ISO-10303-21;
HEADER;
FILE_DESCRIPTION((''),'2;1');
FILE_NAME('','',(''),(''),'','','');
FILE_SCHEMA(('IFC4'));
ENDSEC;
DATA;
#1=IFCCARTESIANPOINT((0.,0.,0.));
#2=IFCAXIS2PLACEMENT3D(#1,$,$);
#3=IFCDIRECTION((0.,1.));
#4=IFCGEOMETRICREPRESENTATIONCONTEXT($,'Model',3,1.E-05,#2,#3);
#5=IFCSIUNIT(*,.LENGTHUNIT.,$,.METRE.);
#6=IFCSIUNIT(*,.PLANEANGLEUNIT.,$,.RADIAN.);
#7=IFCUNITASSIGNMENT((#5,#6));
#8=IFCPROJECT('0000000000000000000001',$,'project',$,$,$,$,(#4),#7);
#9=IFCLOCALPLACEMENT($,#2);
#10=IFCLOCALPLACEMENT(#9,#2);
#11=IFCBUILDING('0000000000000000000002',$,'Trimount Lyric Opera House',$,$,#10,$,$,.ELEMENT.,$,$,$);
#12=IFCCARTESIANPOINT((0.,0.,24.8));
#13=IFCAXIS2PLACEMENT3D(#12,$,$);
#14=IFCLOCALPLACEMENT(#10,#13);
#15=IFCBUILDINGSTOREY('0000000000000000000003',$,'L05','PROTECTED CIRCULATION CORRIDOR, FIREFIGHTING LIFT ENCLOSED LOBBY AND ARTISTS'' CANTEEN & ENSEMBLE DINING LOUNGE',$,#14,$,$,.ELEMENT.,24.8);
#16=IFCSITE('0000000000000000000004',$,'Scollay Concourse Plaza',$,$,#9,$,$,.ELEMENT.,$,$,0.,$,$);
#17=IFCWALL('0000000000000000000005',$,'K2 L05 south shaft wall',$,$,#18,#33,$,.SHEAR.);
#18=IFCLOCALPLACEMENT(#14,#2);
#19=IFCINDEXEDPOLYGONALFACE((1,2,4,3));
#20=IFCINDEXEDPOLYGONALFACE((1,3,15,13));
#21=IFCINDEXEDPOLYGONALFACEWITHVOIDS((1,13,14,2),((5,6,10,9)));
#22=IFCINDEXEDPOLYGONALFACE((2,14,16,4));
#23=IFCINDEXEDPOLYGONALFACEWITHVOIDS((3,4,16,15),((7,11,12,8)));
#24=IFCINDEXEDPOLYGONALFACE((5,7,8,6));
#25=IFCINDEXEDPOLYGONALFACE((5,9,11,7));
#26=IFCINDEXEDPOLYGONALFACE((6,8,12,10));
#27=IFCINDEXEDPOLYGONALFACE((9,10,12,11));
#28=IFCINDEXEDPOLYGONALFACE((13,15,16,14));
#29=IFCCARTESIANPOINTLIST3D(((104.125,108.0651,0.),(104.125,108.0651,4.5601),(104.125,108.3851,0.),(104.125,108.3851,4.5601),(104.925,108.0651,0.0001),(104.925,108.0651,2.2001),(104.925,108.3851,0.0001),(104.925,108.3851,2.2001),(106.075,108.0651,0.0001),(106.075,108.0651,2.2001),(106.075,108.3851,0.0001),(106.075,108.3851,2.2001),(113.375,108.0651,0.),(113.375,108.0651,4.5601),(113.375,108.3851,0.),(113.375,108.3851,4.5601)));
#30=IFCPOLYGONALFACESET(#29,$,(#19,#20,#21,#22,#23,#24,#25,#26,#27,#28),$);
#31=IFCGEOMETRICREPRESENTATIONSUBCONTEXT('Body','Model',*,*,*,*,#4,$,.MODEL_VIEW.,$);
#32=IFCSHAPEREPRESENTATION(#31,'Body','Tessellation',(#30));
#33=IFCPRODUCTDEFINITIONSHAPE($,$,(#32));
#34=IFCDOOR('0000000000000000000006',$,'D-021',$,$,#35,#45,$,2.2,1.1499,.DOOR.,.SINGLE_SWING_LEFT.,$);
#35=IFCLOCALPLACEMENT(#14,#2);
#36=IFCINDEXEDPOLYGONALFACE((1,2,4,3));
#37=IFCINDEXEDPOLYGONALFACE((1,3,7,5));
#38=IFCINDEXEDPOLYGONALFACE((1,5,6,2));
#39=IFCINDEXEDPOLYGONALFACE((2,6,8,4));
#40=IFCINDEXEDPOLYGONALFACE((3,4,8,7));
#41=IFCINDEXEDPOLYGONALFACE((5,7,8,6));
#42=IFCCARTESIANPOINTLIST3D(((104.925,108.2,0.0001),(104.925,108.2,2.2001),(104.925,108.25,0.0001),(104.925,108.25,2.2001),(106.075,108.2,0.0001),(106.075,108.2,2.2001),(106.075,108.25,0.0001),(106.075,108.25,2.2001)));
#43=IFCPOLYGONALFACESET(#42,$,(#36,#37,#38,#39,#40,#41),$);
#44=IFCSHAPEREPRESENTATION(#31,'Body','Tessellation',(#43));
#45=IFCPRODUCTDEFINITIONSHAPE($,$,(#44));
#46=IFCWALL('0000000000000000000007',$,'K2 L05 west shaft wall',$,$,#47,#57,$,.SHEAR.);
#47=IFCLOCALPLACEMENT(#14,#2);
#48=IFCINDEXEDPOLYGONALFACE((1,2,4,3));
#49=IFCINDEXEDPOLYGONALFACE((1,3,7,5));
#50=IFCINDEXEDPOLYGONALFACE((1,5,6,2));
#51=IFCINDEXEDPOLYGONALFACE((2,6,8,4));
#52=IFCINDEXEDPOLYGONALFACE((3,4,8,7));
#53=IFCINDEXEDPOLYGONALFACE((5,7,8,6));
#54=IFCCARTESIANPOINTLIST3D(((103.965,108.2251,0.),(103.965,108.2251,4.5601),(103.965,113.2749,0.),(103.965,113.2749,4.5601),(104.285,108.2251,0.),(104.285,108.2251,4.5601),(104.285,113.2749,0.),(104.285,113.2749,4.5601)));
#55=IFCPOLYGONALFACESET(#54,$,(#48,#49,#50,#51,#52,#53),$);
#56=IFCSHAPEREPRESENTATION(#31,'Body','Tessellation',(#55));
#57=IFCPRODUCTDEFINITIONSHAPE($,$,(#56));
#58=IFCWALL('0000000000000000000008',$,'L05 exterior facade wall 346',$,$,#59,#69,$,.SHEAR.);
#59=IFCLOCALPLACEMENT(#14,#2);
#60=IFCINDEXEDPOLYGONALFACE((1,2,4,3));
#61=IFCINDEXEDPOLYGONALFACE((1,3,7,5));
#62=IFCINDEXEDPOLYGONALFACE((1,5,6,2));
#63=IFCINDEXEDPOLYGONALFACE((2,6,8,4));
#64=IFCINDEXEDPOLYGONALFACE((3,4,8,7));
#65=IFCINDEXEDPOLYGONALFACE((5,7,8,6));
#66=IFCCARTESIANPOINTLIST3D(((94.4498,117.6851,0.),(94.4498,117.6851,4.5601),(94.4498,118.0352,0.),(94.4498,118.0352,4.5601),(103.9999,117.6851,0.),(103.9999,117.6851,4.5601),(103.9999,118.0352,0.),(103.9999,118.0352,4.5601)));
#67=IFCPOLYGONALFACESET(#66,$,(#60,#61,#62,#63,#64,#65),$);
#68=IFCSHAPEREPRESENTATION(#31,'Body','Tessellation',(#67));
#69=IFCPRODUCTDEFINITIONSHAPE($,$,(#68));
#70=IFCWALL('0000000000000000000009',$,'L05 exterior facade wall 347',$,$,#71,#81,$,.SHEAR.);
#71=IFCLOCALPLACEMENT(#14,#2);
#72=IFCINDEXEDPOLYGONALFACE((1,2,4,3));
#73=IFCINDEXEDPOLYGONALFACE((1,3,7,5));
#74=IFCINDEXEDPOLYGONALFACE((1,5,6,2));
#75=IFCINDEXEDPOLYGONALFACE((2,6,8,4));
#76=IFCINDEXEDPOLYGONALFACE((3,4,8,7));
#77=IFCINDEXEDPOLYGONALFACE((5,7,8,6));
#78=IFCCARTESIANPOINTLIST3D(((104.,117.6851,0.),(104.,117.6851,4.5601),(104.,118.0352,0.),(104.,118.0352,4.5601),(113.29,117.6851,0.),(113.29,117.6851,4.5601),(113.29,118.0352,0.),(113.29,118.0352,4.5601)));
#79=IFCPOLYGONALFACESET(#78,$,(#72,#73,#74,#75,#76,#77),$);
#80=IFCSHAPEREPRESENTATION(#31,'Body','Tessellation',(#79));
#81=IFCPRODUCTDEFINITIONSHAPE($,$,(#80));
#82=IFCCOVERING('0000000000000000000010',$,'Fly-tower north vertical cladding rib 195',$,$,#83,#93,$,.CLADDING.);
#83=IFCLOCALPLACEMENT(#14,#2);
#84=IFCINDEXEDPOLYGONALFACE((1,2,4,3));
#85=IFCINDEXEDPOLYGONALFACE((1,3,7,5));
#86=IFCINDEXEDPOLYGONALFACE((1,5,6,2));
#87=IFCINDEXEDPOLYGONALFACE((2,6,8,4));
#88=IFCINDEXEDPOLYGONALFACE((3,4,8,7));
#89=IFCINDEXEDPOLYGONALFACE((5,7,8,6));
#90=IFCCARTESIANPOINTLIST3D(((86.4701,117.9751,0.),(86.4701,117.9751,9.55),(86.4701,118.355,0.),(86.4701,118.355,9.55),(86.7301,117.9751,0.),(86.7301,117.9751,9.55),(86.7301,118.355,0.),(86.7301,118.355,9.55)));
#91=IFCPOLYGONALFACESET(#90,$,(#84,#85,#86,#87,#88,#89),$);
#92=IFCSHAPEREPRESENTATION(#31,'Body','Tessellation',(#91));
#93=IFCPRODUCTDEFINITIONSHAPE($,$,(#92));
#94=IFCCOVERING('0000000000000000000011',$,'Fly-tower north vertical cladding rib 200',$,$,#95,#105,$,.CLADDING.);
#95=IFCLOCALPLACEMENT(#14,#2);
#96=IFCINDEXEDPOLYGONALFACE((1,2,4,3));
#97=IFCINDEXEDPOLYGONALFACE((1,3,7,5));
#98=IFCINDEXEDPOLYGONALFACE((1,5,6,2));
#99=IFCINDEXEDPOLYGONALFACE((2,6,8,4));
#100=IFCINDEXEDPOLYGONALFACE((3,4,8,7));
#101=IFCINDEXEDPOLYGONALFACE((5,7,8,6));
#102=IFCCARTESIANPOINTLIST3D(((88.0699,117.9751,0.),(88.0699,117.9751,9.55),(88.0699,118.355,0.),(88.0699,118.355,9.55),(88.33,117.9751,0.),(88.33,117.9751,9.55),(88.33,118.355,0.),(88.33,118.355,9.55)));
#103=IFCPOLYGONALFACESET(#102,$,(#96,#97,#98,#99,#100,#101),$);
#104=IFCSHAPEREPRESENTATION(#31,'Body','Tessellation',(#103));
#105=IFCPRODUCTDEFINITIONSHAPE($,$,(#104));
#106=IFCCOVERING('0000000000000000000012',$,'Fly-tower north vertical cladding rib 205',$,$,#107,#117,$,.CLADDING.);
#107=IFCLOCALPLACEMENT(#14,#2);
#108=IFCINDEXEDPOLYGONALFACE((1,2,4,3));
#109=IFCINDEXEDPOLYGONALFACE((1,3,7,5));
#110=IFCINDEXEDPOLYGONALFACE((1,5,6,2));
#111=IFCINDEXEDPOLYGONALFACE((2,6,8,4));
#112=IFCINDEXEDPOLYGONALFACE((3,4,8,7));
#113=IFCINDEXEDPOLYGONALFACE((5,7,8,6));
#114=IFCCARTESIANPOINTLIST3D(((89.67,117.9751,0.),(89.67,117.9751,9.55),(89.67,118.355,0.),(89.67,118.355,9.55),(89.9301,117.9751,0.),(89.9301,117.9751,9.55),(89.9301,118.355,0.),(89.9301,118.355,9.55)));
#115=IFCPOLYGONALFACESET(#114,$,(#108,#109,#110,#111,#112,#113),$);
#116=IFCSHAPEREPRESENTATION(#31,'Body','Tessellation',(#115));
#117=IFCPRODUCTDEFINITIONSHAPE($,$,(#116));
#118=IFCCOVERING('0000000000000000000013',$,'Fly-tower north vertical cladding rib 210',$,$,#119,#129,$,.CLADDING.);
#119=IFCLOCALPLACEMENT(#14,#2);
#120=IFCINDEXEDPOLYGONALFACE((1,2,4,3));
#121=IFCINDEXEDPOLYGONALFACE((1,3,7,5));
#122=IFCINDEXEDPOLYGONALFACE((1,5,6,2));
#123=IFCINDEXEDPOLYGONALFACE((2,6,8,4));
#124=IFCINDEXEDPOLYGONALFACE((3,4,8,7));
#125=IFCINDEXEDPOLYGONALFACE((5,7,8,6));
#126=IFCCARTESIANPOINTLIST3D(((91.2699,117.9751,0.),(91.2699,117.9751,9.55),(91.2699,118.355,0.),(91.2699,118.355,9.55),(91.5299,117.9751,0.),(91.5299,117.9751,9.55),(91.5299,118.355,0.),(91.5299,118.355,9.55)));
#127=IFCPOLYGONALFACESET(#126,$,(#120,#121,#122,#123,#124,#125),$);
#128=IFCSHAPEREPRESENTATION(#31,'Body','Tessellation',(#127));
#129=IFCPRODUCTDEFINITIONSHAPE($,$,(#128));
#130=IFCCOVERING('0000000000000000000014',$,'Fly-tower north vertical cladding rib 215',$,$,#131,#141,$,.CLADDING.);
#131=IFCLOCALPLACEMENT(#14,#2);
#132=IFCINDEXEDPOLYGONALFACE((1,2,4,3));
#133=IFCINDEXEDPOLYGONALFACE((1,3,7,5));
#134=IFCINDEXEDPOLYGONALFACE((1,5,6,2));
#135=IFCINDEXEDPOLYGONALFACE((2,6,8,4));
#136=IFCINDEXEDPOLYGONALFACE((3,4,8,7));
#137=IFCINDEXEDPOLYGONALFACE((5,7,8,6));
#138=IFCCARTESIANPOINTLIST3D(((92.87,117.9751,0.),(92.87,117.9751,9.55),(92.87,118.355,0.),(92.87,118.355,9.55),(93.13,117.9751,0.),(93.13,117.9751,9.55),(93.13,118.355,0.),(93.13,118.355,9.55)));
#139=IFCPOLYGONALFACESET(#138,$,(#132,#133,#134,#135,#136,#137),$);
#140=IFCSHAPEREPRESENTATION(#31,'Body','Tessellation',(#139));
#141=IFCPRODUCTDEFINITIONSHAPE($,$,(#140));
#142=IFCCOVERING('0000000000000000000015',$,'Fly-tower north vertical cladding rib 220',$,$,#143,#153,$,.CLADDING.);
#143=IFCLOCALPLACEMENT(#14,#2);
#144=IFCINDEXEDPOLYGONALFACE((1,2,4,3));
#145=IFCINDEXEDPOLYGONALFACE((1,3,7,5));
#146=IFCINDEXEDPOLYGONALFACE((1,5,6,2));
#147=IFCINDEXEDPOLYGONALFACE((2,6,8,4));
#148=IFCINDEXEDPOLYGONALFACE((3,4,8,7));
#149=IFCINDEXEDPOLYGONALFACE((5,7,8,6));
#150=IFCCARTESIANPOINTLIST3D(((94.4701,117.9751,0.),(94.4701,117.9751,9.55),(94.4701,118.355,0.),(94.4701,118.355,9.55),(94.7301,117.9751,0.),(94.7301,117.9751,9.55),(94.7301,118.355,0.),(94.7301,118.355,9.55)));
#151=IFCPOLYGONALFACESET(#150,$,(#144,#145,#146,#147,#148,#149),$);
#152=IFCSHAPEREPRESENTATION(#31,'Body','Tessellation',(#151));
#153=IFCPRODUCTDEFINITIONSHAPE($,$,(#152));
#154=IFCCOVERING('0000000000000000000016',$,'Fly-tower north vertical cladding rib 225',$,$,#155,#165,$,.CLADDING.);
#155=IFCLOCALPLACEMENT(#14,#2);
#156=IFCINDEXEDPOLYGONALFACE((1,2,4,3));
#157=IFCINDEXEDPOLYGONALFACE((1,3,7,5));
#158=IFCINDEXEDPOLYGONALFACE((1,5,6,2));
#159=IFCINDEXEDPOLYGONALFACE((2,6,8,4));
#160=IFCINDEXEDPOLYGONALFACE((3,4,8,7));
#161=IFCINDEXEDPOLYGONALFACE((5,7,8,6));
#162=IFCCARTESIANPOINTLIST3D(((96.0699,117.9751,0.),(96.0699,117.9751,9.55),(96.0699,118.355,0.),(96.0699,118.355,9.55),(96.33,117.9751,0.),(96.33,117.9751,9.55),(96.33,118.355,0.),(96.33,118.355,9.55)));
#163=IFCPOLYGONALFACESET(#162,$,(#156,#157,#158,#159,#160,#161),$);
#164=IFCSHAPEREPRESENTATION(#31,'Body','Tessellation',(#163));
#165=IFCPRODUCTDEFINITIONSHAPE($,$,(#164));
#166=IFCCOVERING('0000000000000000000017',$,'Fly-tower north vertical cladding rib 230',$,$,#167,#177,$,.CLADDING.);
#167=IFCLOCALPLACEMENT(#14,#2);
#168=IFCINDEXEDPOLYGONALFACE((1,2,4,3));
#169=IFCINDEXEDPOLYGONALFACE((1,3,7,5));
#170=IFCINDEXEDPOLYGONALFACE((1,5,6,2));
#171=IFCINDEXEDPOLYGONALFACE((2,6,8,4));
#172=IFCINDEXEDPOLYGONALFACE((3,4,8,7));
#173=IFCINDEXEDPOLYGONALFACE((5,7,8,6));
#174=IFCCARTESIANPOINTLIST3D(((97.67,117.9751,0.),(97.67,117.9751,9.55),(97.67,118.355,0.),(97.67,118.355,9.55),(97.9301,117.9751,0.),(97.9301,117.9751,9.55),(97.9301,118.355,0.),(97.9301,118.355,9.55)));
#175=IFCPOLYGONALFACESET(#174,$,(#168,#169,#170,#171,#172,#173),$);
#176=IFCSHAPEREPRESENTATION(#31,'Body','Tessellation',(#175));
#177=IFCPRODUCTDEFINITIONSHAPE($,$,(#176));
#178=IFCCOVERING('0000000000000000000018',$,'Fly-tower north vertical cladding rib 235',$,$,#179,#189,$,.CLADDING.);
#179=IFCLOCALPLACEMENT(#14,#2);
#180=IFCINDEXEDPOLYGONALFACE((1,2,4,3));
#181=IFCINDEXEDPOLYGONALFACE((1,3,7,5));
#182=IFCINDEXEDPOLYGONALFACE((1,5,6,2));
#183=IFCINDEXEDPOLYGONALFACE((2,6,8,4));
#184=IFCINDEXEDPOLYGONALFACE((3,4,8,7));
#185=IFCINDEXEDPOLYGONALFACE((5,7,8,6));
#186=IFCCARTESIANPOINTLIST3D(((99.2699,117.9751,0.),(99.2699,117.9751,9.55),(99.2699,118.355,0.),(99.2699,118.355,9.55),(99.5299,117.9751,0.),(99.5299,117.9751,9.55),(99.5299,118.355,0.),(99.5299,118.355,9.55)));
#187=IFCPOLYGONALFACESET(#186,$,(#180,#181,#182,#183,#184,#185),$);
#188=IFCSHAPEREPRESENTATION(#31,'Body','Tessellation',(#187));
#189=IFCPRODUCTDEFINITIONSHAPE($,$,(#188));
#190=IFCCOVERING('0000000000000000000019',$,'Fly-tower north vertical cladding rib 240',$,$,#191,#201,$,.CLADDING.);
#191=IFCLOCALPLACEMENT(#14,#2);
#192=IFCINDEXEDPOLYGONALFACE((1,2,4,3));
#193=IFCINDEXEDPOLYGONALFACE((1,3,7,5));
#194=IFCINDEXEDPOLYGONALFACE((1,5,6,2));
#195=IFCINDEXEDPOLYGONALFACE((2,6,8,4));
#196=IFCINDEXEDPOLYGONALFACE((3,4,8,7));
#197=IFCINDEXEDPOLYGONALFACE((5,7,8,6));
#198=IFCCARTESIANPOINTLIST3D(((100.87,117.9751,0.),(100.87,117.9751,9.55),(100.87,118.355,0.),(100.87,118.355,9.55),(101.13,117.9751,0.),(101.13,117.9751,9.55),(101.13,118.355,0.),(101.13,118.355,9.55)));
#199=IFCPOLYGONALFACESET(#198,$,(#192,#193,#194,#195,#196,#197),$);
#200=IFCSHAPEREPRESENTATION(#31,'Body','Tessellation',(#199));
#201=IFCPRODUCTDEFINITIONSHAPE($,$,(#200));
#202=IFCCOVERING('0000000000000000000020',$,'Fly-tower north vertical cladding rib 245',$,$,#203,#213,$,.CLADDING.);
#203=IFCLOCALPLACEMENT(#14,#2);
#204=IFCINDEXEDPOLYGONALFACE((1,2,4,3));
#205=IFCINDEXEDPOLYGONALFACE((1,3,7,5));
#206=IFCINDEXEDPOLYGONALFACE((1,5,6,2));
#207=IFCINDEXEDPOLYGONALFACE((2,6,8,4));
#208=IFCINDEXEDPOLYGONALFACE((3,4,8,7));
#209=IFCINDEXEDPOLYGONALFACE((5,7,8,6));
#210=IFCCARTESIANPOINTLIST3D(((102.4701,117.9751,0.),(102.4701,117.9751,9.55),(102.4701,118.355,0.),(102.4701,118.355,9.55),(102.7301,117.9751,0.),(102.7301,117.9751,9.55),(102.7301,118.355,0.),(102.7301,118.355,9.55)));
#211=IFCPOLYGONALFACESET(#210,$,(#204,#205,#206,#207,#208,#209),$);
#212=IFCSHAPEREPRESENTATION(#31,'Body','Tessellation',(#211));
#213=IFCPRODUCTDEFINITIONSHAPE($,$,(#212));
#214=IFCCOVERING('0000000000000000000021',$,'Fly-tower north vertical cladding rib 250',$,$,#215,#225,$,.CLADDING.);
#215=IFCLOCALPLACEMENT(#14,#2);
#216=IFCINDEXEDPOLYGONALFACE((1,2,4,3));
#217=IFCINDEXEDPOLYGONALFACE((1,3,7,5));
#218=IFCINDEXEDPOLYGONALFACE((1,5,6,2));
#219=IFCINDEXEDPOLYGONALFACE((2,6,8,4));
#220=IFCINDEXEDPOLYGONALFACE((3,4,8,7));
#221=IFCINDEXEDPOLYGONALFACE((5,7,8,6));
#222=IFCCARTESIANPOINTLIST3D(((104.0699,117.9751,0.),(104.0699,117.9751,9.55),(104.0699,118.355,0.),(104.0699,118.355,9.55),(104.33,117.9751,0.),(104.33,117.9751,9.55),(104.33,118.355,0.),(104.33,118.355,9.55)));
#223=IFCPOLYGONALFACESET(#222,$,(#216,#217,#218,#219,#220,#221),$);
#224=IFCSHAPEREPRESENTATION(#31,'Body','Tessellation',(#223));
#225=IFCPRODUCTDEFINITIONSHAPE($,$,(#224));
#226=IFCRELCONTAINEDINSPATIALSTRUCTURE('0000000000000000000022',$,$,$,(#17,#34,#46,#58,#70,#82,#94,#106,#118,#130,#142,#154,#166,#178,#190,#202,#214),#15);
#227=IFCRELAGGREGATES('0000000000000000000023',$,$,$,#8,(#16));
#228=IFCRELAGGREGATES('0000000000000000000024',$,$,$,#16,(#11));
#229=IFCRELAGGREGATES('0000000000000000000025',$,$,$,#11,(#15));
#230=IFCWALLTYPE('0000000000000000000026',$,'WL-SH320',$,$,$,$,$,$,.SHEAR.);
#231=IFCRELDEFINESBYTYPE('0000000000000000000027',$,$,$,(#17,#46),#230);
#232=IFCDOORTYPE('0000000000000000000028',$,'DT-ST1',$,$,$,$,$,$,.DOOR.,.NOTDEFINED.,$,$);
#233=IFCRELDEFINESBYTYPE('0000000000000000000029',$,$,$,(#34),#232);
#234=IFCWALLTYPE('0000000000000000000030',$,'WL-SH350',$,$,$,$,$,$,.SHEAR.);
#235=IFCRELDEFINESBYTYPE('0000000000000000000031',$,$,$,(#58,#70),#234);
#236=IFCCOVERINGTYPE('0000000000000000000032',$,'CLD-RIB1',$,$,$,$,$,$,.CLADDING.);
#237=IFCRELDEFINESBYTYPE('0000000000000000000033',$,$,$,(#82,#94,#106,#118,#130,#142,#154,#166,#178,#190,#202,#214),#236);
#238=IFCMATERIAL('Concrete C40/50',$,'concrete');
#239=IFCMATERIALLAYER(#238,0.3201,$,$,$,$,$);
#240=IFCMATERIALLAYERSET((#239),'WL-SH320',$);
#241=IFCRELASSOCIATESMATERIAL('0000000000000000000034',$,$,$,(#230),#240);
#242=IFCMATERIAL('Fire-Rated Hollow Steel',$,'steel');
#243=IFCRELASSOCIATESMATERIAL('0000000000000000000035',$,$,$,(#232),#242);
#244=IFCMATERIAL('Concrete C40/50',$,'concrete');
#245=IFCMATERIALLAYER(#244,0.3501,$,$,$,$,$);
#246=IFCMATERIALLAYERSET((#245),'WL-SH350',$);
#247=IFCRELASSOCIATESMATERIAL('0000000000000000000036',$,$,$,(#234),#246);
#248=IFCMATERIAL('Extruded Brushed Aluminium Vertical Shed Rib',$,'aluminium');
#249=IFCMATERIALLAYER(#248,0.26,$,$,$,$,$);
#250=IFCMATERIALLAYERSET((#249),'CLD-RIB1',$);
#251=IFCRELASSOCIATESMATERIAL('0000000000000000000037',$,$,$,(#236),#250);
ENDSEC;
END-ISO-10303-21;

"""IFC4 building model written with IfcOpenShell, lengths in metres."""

from ifc_helpers import new_model, si_unit, direction, frame, frame_2d, origin, origin_2d, place, context, subcontext, project, spatial, rectangle, extrude, material, layer, layer_set, type_object, element, fill, save


model = new_model("IFC4")

# Units and contexts
model_context = context("Model", 3, precision=1e-05, world=origin(), true_north=direction((0.0, 1.0)))
body_context = subcontext(model_context, "Body", "Model", "MODEL_VIEW")
ifc_project = project(units=[si_unit("LENGTHUNIT", "METRE"), si_unit("PLANEANGLEUNIT", "RADIAN")], contexts=[model_context])

# Site, building, storey
site_placement = place(None, origin())
site = spatial("IfcSite", under=ifc_project, at=site_placement, Name="Scollay Concourse Plaza", CompositionType="ELEMENT", RefElevation=0.0)
building_placement = place(site_placement, origin())
building = spatial("IfcBuilding", under=site, at=building_placement, Name="Trimount Lyric Opera House", CompositionType="ELEMENT")
storey_placement = place(building_placement, frame((0.0, 0.0, 24.8)))
storey = spatial("IfcBuildingStorey", under=building, at=storey_placement, Name="L05", Description="PROTECTED CIRCULATION CORRIDOR, FIREFIGHTING LIFT ENCLOSED LOBBY AND ARTISTS' CANTEEN & ENSEMBLE DINING LOUNGE", CompositionType="ELEMENT", Elevation=24.8)

# Wall, opening, door
ifc_material_1 = material(Name="Concrete C40/50", Category="concrete")
ifc_layer_1 = layer(ifc_material_1, 0.3201)
ifc_layer_set_1 = layer_set([ifc_layer_1], Name="WL-SH320")
wall_type_1 = type_object("IfcWallType", Name="WL-SH320", PredefinedType="SHEAR", material=ifc_layer_set_1)
wall_1_placement = place(storey_placement, frame((104.125, 108.2251, 0.0), z_axis=(0.0, 0.0, 1.0), x_axis=(1.0, 0.0, 0.0)))
wall_1 = element("IfcWall", 1, at=wall_1_placement, inside=storey, type_object=wall_type_1, Name="K2 L05 south shaft wall", PredefinedType="SHEAR", context=body_context, shape_type="SweptSolid", body=[
    extrude(rectangle(XDim=9.25, YDim=0.3201, at=frame_2d((4.625, 0.0))), origin(), (0.0, 0.0, 1.0), 4.5601),
])
opening_1_placement = place(wall_1_placement, frame((0.8, 0.0, 0.0)))
opening_1 = element("IfcOpeningElement", 2, at=opening_1_placement, cuts=wall_1, PredefinedType="OPENING", context=body_context, shape_type="SweptSolid", body=[
    extrude(rectangle(XDim=1.1499, YDim=2.2, at=frame_2d((0.575, 1.1001))), frame((0.0, 0.1699, 0.0), z_axis=(0.0, -1.0, 0.0), x_axis=(1.0, 0.0, 0.0)), (0.0, 0.0, 1.0), 0.3401),
])
ifc_material_2 = material(Name="Fire-Rated Hollow Steel", Category="steel")
door_type_1 = type_object("IfcDoorType", Name="DT-ST1", OperationType="NOTDEFINED", PredefinedType="DOOR", material=ifc_material_2)
door_1_placement = place(opening_1_placement, origin())
door_1 = element("IfcDoor", 3, at=door_1_placement, inside=storey, type_object=door_type_1, Name="D-021", OperationType="SINGLE_SWING_LEFT", OverallHeight=2.2, OverallWidth=1.1499, PredefinedType="DOOR", context=body_context, shape_type="SweptSolid", body=[
    extrude(rectangle(XDim=1.1499, YDim=2.2, at=frame_2d((0.575, 1.1001))), frame((0.0, 0.0249, 0.0), z_axis=(0.0, -1.0, 0.0), x_axis=(1.0, 0.0, 0.0)), (0.0, 0.0, 1.0), 0.05),
])
fill(opening_1, door_1)

# Walls
wall_2_placement = place(storey_placement, frame((104.125, 113.2749, 0.0), z_axis=(0.0, 0.0, 1.0), x_axis=(0.0, -1.0, 0.0)))
element("IfcWall", 4, at=wall_2_placement, inside=storey, type_object=wall_type_1, Name="K2 L05 west shaft wall", PredefinedType="SHEAR", context=body_context, shape_type="SweptSolid", body=[
    extrude(rectangle(XDim=5.0498, YDim=0.3201, at=frame_2d((2.5249, 0.0))), origin(), (0.0, 0.0, 1.0), 4.5601),
])
ifc_material_3 = material(Name="Concrete C40/50", Category="concrete")
ifc_layer_2 = layer(ifc_material_3, 0.3501)
ifc_layer_set_2 = layer_set([ifc_layer_2], Name="WL-SH350")
wall_type_2 = type_object("IfcWallType", Name="WL-SH350", PredefinedType="SHEAR", material=ifc_layer_set_2)
wall_3_placement = place(storey_placement, frame((94.45, 117.8601, 0.0), z_axis=(0.0, 0.0, 1.0), x_axis=(1.0, 0.0, 0.0)))
element("IfcWall", 5, at=wall_3_placement, inside=storey, type_object=wall_type_2, Name="L05 exterior facade wall 346", PredefinedType="SHEAR", context=body_context, shape_type="SweptSolid", body=[
    extrude(rectangle(XDim=9.55, YDim=0.3501, at=frame_2d((4.7749, 0.0))), origin(), (0.0, 0.0, 1.0), 4.5601),
])
wall_4_placement = place(storey_placement, frame((104.0, 117.8601, 0.0), z_axis=(0.0, 0.0, 1.0), x_axis=(1.0, 0.0, 0.0)))
element("IfcWall", 6, at=wall_4_placement, inside=storey, type_object=wall_type_2, Name="L05 exterior facade wall 347", PredefinedType="SHEAR", context=body_context, shape_type="SweptSolid", body=[
    extrude(rectangle(XDim=9.29, YDim=0.3501, at=frame_2d((4.645, 0.0))), origin(), (0.0, 0.0, 1.0), 4.5601),
])

# Coverings
ifc_material_4 = material(Name="Extruded Brushed Aluminium Vertical Shed Rib", Category="aluminium")
ifc_layer_3 = layer(ifc_material_4, 0.26)
ifc_layer_set_3 = layer_set([ifc_layer_3], Name="CLD-RIB1")
covering_type = type_object("IfcCoveringType", Name="CLD-RIB1", PredefinedType="CLADDING", material=ifc_layer_set_3)
for number, where, z_axis, x_axis, name in (
    (7, (86.6001, 118.165, 0.0), (0.0, 0.0, 1.0), (1.0, 0.0, 0.0), "Fly-tower north vertical cladding rib 195"),
    (8, (88.2, 118.165, 0.0), (0.0, 0.0, 1.0), (1.0, 0.0, 0.0), "Fly-tower north vertical cladding rib 200"),
    (9, (89.8, 118.165, 0.0), (0.0, 0.0, 1.0), (1.0, 0.0, 0.0), "Fly-tower north vertical cladding rib 205"),
    (10, (91.3999, 118.165, 0.0), (0.0, 0.0, 1.0), (1.0, 0.0, 0.0), "Fly-tower north vertical cladding rib 210"),
    (11, (93.0, 118.165, 0.0), (0.0, 0.0, 1.0), (1.0, 0.0, 0.0), "Fly-tower north vertical cladding rib 215"),
    (12, (94.6001, 118.165, 0.0), (0.0, 0.0, 1.0), (1.0, 0.0, 0.0), "Fly-tower north vertical cladding rib 220"),
    (13, (96.2, 118.165, 0.0), (0.0, 0.0, 1.0), (1.0, 0.0, 0.0), "Fly-tower north vertical cladding rib 225"),
    (14, (97.8, 118.165, 0.0), (0.0, 0.0, 1.0), (1.0, 0.0, 0.0), "Fly-tower north vertical cladding rib 230"),
    (15, (99.3999, 118.165, 0.0), (0.0, 0.0, 1.0), (1.0, 0.0, 0.0), "Fly-tower north vertical cladding rib 235"),
    (16, (101.0, 118.165, 0.0), (0.0, 0.0, 1.0), (1.0, 0.0, 0.0), "Fly-tower north vertical cladding rib 240"),
    (17, (102.6001, 118.165, 0.0), (0.0, 0.0, 1.0), (1.0, 0.0, 0.0), "Fly-tower north vertical cladding rib 245"),
    (18, (104.2, 118.165, 0.0), (0.0, 0.0, 1.0), (1.0, 0.0, 0.0), "Fly-tower north vertical cladding rib 250"),
):
    element("IfcCovering", number, at=place(storey_placement, frame(where, z_axis=z_axis, x_axis=x_axis)), inside=storey, type_object=covering_type, Name=name, PredefinedType="CLADDING", context=body_context, shape_type="SweptSolid", body=[
        extrude(rectangle(XDim=0.26, YDim=0.3799, at=origin_2d()), origin(), (0.0, 0.0, 1.0), 9.55),
    ])

save(model, "model.ifc")
